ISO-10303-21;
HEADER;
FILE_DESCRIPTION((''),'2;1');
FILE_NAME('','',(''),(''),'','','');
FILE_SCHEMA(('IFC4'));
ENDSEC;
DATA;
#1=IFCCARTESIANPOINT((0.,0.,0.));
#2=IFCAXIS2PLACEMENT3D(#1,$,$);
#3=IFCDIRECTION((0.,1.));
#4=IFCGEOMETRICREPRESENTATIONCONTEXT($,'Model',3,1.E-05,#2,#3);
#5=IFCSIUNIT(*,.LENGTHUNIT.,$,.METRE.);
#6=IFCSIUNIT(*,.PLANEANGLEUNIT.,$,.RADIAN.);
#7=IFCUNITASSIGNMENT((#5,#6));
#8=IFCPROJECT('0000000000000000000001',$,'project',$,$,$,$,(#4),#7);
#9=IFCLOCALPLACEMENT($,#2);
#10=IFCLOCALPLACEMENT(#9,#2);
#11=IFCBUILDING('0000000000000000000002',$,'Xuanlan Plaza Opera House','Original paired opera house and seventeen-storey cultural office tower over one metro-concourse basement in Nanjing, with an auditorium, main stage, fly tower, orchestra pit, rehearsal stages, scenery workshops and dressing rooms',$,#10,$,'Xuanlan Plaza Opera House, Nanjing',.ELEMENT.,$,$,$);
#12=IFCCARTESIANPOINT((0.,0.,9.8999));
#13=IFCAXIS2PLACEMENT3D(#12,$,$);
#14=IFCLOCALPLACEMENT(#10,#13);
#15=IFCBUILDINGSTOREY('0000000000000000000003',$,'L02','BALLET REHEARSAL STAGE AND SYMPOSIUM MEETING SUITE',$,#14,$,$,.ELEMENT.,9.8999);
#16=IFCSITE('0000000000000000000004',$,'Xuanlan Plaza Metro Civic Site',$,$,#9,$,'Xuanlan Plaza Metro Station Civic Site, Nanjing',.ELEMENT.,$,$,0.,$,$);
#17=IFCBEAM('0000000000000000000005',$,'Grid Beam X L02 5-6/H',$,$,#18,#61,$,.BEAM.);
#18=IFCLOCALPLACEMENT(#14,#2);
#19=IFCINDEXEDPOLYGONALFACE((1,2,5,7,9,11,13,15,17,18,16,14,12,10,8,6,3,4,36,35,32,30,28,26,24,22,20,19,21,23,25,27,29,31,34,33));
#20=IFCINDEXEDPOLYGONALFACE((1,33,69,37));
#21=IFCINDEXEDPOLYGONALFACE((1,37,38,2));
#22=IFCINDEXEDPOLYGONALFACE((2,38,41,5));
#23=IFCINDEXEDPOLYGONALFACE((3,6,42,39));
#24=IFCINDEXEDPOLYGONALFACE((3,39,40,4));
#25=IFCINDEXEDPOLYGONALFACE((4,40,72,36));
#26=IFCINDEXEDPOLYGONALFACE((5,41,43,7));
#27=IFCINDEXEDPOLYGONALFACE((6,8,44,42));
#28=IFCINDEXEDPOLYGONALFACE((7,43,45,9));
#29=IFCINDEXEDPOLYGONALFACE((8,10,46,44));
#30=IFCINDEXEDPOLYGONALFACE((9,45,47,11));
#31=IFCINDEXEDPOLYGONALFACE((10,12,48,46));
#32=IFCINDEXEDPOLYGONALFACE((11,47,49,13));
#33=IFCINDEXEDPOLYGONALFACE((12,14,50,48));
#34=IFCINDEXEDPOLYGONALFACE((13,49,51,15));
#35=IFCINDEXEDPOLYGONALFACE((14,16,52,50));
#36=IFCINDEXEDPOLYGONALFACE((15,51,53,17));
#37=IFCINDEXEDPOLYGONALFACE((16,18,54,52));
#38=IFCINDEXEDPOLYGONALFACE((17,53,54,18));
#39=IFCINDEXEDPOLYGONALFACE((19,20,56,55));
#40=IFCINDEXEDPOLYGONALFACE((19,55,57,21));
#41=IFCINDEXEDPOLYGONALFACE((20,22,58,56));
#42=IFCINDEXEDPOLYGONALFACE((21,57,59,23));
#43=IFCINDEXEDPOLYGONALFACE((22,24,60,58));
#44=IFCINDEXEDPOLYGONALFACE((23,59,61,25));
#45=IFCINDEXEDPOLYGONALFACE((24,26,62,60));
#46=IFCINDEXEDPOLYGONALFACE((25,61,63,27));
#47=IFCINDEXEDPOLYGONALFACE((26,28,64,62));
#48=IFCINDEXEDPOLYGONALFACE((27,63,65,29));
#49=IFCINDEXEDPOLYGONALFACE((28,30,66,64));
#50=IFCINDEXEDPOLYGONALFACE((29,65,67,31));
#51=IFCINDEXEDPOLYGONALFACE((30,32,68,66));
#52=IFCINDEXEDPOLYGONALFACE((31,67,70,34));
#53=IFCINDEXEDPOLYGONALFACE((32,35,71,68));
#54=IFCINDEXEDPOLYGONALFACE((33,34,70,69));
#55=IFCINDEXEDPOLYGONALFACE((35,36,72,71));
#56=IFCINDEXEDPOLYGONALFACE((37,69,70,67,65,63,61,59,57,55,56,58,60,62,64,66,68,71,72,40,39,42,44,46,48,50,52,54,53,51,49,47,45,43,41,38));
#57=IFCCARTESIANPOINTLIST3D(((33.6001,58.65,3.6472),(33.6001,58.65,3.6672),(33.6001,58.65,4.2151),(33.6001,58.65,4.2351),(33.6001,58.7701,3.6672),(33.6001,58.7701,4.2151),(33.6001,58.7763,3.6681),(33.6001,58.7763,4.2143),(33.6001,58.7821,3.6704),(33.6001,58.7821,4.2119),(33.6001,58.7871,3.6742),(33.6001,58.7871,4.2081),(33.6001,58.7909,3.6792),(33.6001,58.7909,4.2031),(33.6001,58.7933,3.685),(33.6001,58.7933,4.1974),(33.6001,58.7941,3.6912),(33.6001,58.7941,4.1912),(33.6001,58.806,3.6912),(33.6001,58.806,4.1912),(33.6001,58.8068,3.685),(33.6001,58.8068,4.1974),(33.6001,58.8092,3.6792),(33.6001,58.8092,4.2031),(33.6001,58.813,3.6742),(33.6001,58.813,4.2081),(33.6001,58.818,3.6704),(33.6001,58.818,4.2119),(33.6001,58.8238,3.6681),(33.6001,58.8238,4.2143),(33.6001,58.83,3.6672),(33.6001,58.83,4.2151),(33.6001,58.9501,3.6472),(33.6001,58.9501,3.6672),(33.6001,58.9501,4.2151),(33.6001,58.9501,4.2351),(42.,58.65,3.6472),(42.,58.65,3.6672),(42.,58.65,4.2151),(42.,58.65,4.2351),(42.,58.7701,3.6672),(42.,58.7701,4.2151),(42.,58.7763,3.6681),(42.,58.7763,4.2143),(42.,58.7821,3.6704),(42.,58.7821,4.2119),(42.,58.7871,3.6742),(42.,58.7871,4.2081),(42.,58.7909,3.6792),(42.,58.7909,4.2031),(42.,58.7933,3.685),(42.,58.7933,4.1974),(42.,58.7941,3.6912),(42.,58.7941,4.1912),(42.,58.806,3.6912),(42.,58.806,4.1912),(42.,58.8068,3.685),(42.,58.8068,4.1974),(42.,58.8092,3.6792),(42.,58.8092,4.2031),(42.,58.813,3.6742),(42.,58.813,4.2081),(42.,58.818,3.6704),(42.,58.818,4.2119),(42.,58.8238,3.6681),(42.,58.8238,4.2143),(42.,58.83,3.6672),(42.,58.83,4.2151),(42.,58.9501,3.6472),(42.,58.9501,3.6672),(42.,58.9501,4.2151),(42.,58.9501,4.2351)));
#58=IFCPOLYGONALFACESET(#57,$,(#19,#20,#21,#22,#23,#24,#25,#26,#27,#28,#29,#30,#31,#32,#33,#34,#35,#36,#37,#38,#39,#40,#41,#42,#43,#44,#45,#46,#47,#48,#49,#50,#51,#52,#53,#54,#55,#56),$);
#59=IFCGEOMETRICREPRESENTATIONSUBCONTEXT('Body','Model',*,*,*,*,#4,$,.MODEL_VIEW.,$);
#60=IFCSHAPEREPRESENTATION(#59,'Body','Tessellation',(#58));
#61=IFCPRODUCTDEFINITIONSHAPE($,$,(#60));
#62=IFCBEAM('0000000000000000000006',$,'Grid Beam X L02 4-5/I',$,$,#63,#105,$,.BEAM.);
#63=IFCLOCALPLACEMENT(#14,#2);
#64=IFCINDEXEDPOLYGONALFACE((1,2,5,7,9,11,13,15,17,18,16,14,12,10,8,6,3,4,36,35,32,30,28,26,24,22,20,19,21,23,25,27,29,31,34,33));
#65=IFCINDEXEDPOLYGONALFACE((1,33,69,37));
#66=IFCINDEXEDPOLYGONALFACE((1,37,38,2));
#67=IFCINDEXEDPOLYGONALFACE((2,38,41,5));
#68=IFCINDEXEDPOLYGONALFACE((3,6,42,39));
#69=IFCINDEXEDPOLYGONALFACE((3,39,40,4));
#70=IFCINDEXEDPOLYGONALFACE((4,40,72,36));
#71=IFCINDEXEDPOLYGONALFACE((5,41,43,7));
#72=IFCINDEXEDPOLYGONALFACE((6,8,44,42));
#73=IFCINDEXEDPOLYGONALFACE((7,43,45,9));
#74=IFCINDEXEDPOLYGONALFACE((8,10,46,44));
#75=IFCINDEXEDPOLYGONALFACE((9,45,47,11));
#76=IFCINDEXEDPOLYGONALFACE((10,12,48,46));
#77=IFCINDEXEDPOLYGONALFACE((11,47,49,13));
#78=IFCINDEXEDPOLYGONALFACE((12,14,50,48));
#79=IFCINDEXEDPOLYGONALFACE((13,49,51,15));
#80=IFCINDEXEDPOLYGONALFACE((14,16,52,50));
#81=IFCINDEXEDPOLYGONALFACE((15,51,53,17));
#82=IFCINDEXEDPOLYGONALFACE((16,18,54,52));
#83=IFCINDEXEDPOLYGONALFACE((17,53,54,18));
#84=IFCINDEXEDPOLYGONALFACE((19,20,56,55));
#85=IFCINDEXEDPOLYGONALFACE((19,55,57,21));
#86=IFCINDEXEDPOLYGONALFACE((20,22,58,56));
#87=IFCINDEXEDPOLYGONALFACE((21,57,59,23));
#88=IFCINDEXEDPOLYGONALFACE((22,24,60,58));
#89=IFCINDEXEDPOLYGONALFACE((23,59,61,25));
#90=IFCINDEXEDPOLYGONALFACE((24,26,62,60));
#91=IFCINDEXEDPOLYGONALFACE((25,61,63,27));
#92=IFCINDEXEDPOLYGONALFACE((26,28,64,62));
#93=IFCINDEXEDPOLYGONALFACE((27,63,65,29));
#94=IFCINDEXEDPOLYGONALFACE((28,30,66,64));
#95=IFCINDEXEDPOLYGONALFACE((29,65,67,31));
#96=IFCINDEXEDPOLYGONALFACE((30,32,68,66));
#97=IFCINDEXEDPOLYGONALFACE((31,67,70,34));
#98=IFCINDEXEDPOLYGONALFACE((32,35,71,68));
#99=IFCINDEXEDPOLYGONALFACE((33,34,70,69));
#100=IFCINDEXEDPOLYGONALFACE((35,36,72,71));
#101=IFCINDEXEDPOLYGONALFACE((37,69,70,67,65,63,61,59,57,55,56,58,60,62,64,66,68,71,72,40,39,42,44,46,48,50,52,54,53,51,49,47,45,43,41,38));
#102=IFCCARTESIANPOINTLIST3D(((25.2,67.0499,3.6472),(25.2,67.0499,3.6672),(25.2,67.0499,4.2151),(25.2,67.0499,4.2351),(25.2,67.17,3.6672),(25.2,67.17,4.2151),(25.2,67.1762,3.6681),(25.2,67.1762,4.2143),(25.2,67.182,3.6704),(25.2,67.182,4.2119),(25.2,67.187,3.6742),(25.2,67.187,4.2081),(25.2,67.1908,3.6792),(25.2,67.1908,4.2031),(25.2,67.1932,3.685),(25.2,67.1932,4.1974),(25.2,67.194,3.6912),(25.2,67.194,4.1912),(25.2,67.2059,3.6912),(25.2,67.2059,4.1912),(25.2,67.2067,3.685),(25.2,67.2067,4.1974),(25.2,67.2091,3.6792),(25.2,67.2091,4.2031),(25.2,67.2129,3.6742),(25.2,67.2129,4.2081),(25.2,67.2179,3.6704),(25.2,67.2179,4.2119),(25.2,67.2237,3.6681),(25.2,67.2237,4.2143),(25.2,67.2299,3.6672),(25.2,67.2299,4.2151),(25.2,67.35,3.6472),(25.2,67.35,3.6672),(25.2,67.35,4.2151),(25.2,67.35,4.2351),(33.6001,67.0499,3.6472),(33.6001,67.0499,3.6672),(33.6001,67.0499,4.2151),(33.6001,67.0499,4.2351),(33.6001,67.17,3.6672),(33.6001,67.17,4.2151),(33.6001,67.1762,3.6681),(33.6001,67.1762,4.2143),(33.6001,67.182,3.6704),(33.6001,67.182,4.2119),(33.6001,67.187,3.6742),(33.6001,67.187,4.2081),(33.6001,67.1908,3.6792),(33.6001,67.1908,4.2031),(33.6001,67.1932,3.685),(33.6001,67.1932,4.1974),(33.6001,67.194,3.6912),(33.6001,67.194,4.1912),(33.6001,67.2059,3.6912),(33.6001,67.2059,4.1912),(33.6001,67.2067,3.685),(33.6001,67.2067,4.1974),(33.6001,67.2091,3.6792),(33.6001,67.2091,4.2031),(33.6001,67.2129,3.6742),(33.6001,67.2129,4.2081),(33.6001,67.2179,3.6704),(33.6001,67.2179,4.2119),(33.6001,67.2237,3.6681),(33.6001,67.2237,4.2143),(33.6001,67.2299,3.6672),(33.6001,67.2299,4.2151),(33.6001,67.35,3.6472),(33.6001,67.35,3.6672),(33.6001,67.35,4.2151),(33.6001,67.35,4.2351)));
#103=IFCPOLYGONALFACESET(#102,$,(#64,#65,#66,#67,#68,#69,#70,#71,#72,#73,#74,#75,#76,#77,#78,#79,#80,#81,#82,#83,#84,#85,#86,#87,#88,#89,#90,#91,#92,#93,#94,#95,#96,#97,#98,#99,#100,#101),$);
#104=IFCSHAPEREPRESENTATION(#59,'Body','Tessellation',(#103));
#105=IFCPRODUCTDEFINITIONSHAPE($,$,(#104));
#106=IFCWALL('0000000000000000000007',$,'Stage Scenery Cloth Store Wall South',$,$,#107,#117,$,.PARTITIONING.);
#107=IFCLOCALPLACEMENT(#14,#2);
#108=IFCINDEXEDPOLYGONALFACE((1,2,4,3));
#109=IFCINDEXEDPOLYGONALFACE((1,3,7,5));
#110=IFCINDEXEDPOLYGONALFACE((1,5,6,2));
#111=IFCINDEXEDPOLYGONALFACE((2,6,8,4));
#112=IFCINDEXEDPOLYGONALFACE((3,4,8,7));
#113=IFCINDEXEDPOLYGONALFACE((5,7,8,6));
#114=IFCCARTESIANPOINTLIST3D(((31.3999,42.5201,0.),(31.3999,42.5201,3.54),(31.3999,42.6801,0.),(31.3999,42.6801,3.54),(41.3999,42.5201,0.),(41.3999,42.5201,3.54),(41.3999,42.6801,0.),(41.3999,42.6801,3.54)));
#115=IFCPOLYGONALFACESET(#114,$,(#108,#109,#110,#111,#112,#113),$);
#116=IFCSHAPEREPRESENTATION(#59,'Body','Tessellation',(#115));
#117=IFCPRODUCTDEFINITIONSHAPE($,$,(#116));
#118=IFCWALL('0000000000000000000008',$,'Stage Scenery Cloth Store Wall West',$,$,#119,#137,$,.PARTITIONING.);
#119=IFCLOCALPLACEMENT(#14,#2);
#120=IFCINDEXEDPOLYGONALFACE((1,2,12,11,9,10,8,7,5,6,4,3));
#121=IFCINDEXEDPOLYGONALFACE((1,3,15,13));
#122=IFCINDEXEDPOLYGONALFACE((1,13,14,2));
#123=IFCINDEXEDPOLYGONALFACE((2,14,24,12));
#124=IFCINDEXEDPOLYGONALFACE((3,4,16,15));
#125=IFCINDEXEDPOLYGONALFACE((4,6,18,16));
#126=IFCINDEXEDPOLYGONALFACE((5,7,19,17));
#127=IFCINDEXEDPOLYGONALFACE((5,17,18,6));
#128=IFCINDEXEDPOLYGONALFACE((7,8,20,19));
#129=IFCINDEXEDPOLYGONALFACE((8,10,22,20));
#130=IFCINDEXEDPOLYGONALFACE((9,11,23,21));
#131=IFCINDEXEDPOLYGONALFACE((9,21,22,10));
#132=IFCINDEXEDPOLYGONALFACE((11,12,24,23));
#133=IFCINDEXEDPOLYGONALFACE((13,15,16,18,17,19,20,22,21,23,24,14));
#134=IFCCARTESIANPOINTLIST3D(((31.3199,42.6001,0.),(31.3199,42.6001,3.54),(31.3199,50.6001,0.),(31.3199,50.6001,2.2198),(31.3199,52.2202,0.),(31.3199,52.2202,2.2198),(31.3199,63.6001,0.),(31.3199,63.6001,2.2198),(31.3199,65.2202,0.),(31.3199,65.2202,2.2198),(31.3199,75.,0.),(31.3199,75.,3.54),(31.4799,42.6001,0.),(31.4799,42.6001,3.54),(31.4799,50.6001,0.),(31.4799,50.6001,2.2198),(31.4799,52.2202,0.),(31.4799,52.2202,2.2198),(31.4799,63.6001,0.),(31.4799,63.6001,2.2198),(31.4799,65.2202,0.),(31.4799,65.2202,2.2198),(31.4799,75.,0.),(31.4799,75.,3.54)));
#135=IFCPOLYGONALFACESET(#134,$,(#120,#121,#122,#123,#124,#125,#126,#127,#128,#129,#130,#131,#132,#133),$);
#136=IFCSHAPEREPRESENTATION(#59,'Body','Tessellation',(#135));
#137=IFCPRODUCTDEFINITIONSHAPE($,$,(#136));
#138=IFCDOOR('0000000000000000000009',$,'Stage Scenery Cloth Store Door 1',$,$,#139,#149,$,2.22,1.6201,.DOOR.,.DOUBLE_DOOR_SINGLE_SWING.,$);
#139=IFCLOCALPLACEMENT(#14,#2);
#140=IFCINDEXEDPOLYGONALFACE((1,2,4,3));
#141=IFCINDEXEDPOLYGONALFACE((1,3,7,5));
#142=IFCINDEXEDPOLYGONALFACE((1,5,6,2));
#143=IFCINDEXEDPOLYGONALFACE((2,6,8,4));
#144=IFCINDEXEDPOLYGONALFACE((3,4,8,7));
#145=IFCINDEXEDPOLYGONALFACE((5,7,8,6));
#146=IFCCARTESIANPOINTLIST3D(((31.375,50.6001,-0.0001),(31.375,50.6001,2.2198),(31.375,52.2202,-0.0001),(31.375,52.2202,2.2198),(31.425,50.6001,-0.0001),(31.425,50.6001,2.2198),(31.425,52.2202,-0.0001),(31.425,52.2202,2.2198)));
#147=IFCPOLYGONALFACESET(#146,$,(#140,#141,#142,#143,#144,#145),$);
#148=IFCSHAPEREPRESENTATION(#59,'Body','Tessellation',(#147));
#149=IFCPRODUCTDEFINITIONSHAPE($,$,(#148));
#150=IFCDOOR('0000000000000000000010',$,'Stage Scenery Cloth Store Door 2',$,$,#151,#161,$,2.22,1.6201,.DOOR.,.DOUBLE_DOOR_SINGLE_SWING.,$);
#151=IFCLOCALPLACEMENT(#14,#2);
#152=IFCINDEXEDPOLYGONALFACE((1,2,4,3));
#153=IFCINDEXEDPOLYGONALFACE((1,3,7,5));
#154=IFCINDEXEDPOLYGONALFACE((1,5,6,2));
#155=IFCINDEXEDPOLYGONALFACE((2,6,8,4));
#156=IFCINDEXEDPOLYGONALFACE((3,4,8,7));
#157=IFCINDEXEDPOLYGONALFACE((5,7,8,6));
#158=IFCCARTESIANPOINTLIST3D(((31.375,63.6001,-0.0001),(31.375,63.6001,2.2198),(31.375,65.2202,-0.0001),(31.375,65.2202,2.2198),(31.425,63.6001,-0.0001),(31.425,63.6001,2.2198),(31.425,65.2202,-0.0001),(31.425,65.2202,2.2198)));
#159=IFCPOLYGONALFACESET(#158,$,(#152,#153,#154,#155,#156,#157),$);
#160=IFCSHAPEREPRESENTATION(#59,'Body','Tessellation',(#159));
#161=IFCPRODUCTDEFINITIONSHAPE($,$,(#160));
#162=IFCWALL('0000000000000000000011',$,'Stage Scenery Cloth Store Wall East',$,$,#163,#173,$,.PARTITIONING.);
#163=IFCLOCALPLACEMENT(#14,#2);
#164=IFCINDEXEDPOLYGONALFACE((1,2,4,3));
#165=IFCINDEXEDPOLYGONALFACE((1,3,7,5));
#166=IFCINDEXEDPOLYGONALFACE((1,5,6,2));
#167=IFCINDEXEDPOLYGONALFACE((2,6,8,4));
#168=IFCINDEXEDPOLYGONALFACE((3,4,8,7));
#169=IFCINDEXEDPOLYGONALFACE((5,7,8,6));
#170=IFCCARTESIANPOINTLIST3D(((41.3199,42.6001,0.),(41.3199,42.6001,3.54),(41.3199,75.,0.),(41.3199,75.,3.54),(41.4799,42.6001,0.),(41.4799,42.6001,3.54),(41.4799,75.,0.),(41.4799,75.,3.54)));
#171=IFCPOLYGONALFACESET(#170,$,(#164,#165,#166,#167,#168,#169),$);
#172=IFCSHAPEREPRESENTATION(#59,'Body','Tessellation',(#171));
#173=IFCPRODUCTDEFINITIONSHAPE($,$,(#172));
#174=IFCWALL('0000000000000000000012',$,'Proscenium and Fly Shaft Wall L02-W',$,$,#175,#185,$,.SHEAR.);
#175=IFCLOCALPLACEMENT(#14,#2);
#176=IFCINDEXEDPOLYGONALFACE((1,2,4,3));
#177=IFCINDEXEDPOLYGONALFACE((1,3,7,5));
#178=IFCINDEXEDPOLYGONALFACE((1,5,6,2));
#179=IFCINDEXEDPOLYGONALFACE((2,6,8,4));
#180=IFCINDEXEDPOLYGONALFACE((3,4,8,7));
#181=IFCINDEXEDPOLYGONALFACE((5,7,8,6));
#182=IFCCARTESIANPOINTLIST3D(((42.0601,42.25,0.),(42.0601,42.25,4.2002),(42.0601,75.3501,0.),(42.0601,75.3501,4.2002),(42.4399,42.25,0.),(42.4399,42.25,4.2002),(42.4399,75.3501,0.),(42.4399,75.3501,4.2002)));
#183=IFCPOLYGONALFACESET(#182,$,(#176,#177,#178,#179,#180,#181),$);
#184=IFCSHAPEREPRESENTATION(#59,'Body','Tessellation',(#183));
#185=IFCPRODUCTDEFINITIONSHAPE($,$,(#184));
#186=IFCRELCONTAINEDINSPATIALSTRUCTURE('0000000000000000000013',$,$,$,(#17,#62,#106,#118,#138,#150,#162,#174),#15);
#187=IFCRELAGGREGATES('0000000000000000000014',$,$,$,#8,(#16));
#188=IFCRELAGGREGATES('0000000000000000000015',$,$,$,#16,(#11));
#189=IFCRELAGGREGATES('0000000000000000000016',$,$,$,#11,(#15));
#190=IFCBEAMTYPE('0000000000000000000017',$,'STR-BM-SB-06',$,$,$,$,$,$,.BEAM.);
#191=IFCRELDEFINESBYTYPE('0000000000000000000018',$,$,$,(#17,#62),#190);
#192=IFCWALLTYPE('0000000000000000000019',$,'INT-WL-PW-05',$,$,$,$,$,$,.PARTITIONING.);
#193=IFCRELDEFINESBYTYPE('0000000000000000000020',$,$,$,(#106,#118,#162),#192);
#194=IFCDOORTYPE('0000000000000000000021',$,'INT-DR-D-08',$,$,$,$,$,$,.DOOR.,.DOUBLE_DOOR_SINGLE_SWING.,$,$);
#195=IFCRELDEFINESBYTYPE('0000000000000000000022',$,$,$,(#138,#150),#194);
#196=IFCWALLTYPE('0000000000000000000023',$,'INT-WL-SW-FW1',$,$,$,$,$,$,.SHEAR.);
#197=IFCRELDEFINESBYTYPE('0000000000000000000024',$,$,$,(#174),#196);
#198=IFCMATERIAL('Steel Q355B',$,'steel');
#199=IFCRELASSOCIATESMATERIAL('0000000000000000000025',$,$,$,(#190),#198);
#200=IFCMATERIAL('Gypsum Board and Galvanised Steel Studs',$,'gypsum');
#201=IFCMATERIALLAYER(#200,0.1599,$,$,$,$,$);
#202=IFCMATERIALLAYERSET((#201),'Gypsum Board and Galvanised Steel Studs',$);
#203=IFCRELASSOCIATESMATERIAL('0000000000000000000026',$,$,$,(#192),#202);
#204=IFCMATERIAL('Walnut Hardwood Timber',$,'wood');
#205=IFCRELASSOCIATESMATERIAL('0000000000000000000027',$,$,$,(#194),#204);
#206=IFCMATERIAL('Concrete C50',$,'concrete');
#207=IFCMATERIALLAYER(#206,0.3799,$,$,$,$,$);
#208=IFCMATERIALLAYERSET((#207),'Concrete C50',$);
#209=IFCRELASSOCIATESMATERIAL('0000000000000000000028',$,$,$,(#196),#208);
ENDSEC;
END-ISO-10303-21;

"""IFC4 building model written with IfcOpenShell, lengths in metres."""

from ifc_helpers import new_model, si_unit, direction, frame, frame_2d, origin, origin_2d, place, context, subcontext, project, spatial, rectangle, i_section, extrude, material, layer, layer_set, material_profile, profile_set, type_object, element, fill, save


model = new_model("IFC4")

# Units and contexts
model_context = context("Model", 3, precision=1e-05, world=origin(), true_north=direction((0.0, 1.0)))
body_context = subcontext(model_context, "Body", "Model", "MODEL_VIEW")
ifc_project = project(units=[si_unit("LENGTHUNIT", "METRE"), si_unit("PLANEANGLEUNIT", "RADIAN")], contexts=[model_context])

# Site, building, storey
site_placement = place(None, origin())
site = spatial("IfcSite", under=ifc_project, at=site_placement, Name="Xuanlan Plaza Metro Civic Site", LongName="Xuanlan Plaza Metro Station Civic Site, Nanjing", CompositionType="ELEMENT", RefElevation=0.0)
building_placement = place(site_placement, origin())
building = spatial("IfcBuilding", under=site, at=building_placement, Name="Xuanlan Plaza Opera House", Description="Original paired opera house and seventeen-storey cultural office tower over one metro-concourse basement in Nanjing, with an auditorium, main stage, fly tower, orchestra pit, rehearsal stages, scenery workshops and dressing rooms", LongName="Xuanlan Plaza Opera House, Nanjing", CompositionType="ELEMENT")
storey_placement = place(building_placement, frame((0.0, 0.0, 9.8999)))
storey = spatial("IfcBuildingStorey", under=building, at=storey_placement, Name="L02", Description="BALLET REHEARSAL STAGE AND SYMPOSIUM MEETING SUITE", CompositionType="ELEMENT", Elevation=9.8999)

# Beams
ifc_material_1 = material(Name="Concrete C50", Category="concrete")
ifc_material_2 = material(Name="Steel Q355B", Category="steel")
ifc_material_profile_1 = material_profile(ifc_material_2, i_section(OverallWidth=0.3, OverallDepth=0.5879, WebThickness=0.012, FlangeThickness=0.02, FilletRadius=0.0239, at=origin_2d()), Name="HM 588x300x12x20")
ifc_profile_set_1 = profile_set([ifc_material_profile_1], Name="Steel Q355B")
beam_type_1 = type_object("IfcBeamType", Name="STR-BM-SB-06", PredefinedType="BEAM", material=ifc_profile_set_1)
beam_1_placement = place(storey_placement, frame((33.6001, 58.8, 3.9412), z_axis=(1.0, 0.0, 0.0), x_axis=(0.0, 1.0, 0.0)))
element("IfcBeam", 1, at=beam_1_placement, inside=storey, type_object=beam_type_1, Name="Grid Beam X L02 5-6/H", PredefinedType="BEAM", context=body_context, shape_type="SweptSolid", body=[
    extrude(i_section(OverallWidth=0.3, OverallDepth=0.5879, WebThickness=0.012, FlangeThickness=0.02, FilletRadius=0.0239, at=origin_2d()), origin(), (0.0, 0.0, 1.0), 8.3999),
])
beam_2_placement = place(storey_placement, frame((25.2, 67.2, 3.9412), z_axis=(1.0, 0.0, 0.0), x_axis=(0.0, 1.0, 0.0)))
element("IfcBeam", 2, at=beam_2_placement, inside=storey, type_object=beam_type_1, Name="Grid Beam X L02 4-5/I", PredefinedType="BEAM", context=body_context, shape_type="SweptSolid", body=[
    extrude(i_section(OverallWidth=0.3, OverallDepth=0.5879, WebThickness=0.012, FlangeThickness=0.02, FilletRadius=0.0239, at=origin_2d()), origin(), (0.0, 0.0, 1.0), 8.4001),
])

# Wall
ifc_material_3 = material(Name="Gypsum Board and Galvanised Steel Studs", Category="gypsum")
ifc_layer_1 = layer(ifc_material_3, 0.1599)
ifc_layer_set_1 = layer_set([ifc_layer_1], Name="Gypsum Board and Galvanised Steel Studs")
wall_type_1 = type_object("IfcWallType", Name="INT-WL-PW-05", PredefinedType="PARTITIONING", material=ifc_layer_set_1)
wall_1_placement = place(storey_placement, frame((31.3999, 42.6001, 0.0), z_axis=(0.0, 0.0, 1.0), x_axis=(1.0, 0.0, 0.0)))
element("IfcWall", 3, at=wall_1_placement, inside=storey, type_object=wall_type_1, Name="Stage Scenery Cloth Store Wall South", PredefinedType="PARTITIONING", context=body_context, shape_type="SweptSolid", body=[
    extrude(rectangle(XDim=10.0, YDim=0.1599, at=frame_2d((5.0, 0.0))), origin(), (0.0, 0.0, 1.0), 3.54),
])

# Wall, openings, doors
wall_2_placement = place(storey_placement, frame((31.3999, 42.6001, 0.0), z_axis=(0.0, 0.0, 1.0), x_axis=(0.0, 1.0, 0.0)))
wall_2 = element("IfcWall", 4, at=wall_2_placement, inside=storey, type_object=wall_type_1, Name="Stage Scenery Cloth Store Wall West", PredefinedType="PARTITIONING", context=body_context, shape_type="SweptSolid", body=[
    extrude(rectangle(XDim=32.3999, YDim=0.1599, at=frame_2d((16.2, 0.0))), origin(), (0.0, 0.0, 1.0), 3.54),
])
opening_1_placement = place(wall_2_placement, frame((8.0, 0.0, 0.0)))
opening_1 = element("IfcOpeningElement", 5, at=opening_1_placement, cuts=wall_2, PredefinedType="OPENING", context=body_context, shape_type="SweptSolid", body=[
    extrude(rectangle(XDim=1.6201, YDim=2.22, at=frame_2d((0.8101, 1.1099))), frame((0.0, 0.0898, 0.0), z_axis=(0.0, -1.0, 0.0), x_axis=(1.0, 0.0, 0.0)), (0.0, 0.0, 1.0), 0.1799),
])
opening_2_placement = place(wall_2_placement, frame((21.0, 0.0, 0.0)))
opening_2 = element("IfcOpeningElement", 6, at=opening_2_placement, cuts=wall_2, PredefinedType="OPENING", context=body_context, shape_type="SweptSolid", body=[
    extrude(rectangle(XDim=1.6201, YDim=2.22, at=frame_2d((0.8101, 1.1099))), frame((0.0, 0.0898, 0.0), z_axis=(0.0, -1.0, 0.0), x_axis=(1.0, 0.0, 0.0)), (0.0, 0.0, 1.0), 0.1799),
])
ifc_material_4 = material(Name="Walnut Hardwood Timber", Category="wood")
door_type = type_object("IfcDoorType", Name="INT-DR-D-08", OperationType="DOUBLE_DOOR_SINGLE_SWING", PredefinedType="DOOR", material=ifc_material_4)
door_1_placement = place(opening_1_placement, origin())
door_1 = element("IfcDoor", 7, at=door_1_placement, inside=storey, type_object=door_type, Name="Stage Scenery Cloth Store Door 1", OperationType="DOUBLE_DOOR_SINGLE_SWING", OverallHeight=2.22, OverallWidth=1.6201, PredefinedType="DOOR", context=body_context, shape_type="SweptSolid", body=[
    extrude(rectangle(XDim=1.6201, YDim=2.22, at=frame_2d((0.8101, 1.1099))), frame((0.0, 0.0249, 0.0), z_axis=(0.0, -1.0, 0.0), x_axis=(1.0, 0.0, 0.0)), (0.0, 0.0, 1.0), 0.05),
])
fill(opening_1, door_1)
door_2_placement = place(opening_2_placement, origin())
door_2 = element("IfcDoor", 8, at=door_2_placement, inside=storey, type_object=door_type, Name="Stage Scenery Cloth Store Door 2", OperationType="DOUBLE_DOOR_SINGLE_SWING", OverallHeight=2.22, OverallWidth=1.6201, PredefinedType="DOOR", context=body_context, shape_type="SweptSolid", body=[
    extrude(rectangle(XDim=1.6201, YDim=2.22, at=frame_2d((0.8101, 1.1099))), frame((0.0, 0.0249, 0.0), z_axis=(0.0, -1.0, 0.0), x_axis=(1.0, 0.0, 0.0)), (0.0, 0.0, 1.0), 0.05),
])
fill(opening_2, door_2)

# Walls
wall_3_placement = place(storey_placement, frame((41.3999, 42.6001, 0.0), z_axis=(0.0, 0.0, 1.0), x_axis=(0.0, 1.0, 0.0)))
element("IfcWall", 9, at=wall_3_placement, inside=storey, type_object=wall_type_1, Name="Stage Scenery Cloth Store Wall East", PredefinedType="PARTITIONING", context=body_context, shape_type="SweptSolid", body=[
    extrude(rectangle(XDim=32.3999, YDim=0.1599, at=frame_2d((16.2, 0.0))), origin(), (0.0, 0.0, 1.0), 3.54),
])
ifc_layer_2 = layer(ifc_material_1, 0.3799)
ifc_layer_set_2 = layer_set([ifc_layer_2], Name="Concrete C50")
wall_type_2 = type_object("IfcWallType", Name="INT-WL-SW-FW1", PredefinedType="SHEAR", material=ifc_layer_set_2)
wall_4_placement = place(storey_placement, frame((42.25, 42.25, 0.0), z_axis=(0.0, 0.0, 1.0), x_axis=(0.0, 1.0, 0.0)))
element("IfcWall", 10, at=wall_4_placement, inside=storey, type_object=wall_type_2, Name="Proscenium and Fly Shaft Wall L02-W", PredefinedType="SHEAR", context=body_context, shape_type="SweptSolid", body=[
    extrude(rectangle(XDim=33.1001, YDim=0.3799, at=frame_2d((16.55, 0.0))), origin(), (0.0, 0.0, 1.0), 4.2002),
])

save(model, "model.ifc")
